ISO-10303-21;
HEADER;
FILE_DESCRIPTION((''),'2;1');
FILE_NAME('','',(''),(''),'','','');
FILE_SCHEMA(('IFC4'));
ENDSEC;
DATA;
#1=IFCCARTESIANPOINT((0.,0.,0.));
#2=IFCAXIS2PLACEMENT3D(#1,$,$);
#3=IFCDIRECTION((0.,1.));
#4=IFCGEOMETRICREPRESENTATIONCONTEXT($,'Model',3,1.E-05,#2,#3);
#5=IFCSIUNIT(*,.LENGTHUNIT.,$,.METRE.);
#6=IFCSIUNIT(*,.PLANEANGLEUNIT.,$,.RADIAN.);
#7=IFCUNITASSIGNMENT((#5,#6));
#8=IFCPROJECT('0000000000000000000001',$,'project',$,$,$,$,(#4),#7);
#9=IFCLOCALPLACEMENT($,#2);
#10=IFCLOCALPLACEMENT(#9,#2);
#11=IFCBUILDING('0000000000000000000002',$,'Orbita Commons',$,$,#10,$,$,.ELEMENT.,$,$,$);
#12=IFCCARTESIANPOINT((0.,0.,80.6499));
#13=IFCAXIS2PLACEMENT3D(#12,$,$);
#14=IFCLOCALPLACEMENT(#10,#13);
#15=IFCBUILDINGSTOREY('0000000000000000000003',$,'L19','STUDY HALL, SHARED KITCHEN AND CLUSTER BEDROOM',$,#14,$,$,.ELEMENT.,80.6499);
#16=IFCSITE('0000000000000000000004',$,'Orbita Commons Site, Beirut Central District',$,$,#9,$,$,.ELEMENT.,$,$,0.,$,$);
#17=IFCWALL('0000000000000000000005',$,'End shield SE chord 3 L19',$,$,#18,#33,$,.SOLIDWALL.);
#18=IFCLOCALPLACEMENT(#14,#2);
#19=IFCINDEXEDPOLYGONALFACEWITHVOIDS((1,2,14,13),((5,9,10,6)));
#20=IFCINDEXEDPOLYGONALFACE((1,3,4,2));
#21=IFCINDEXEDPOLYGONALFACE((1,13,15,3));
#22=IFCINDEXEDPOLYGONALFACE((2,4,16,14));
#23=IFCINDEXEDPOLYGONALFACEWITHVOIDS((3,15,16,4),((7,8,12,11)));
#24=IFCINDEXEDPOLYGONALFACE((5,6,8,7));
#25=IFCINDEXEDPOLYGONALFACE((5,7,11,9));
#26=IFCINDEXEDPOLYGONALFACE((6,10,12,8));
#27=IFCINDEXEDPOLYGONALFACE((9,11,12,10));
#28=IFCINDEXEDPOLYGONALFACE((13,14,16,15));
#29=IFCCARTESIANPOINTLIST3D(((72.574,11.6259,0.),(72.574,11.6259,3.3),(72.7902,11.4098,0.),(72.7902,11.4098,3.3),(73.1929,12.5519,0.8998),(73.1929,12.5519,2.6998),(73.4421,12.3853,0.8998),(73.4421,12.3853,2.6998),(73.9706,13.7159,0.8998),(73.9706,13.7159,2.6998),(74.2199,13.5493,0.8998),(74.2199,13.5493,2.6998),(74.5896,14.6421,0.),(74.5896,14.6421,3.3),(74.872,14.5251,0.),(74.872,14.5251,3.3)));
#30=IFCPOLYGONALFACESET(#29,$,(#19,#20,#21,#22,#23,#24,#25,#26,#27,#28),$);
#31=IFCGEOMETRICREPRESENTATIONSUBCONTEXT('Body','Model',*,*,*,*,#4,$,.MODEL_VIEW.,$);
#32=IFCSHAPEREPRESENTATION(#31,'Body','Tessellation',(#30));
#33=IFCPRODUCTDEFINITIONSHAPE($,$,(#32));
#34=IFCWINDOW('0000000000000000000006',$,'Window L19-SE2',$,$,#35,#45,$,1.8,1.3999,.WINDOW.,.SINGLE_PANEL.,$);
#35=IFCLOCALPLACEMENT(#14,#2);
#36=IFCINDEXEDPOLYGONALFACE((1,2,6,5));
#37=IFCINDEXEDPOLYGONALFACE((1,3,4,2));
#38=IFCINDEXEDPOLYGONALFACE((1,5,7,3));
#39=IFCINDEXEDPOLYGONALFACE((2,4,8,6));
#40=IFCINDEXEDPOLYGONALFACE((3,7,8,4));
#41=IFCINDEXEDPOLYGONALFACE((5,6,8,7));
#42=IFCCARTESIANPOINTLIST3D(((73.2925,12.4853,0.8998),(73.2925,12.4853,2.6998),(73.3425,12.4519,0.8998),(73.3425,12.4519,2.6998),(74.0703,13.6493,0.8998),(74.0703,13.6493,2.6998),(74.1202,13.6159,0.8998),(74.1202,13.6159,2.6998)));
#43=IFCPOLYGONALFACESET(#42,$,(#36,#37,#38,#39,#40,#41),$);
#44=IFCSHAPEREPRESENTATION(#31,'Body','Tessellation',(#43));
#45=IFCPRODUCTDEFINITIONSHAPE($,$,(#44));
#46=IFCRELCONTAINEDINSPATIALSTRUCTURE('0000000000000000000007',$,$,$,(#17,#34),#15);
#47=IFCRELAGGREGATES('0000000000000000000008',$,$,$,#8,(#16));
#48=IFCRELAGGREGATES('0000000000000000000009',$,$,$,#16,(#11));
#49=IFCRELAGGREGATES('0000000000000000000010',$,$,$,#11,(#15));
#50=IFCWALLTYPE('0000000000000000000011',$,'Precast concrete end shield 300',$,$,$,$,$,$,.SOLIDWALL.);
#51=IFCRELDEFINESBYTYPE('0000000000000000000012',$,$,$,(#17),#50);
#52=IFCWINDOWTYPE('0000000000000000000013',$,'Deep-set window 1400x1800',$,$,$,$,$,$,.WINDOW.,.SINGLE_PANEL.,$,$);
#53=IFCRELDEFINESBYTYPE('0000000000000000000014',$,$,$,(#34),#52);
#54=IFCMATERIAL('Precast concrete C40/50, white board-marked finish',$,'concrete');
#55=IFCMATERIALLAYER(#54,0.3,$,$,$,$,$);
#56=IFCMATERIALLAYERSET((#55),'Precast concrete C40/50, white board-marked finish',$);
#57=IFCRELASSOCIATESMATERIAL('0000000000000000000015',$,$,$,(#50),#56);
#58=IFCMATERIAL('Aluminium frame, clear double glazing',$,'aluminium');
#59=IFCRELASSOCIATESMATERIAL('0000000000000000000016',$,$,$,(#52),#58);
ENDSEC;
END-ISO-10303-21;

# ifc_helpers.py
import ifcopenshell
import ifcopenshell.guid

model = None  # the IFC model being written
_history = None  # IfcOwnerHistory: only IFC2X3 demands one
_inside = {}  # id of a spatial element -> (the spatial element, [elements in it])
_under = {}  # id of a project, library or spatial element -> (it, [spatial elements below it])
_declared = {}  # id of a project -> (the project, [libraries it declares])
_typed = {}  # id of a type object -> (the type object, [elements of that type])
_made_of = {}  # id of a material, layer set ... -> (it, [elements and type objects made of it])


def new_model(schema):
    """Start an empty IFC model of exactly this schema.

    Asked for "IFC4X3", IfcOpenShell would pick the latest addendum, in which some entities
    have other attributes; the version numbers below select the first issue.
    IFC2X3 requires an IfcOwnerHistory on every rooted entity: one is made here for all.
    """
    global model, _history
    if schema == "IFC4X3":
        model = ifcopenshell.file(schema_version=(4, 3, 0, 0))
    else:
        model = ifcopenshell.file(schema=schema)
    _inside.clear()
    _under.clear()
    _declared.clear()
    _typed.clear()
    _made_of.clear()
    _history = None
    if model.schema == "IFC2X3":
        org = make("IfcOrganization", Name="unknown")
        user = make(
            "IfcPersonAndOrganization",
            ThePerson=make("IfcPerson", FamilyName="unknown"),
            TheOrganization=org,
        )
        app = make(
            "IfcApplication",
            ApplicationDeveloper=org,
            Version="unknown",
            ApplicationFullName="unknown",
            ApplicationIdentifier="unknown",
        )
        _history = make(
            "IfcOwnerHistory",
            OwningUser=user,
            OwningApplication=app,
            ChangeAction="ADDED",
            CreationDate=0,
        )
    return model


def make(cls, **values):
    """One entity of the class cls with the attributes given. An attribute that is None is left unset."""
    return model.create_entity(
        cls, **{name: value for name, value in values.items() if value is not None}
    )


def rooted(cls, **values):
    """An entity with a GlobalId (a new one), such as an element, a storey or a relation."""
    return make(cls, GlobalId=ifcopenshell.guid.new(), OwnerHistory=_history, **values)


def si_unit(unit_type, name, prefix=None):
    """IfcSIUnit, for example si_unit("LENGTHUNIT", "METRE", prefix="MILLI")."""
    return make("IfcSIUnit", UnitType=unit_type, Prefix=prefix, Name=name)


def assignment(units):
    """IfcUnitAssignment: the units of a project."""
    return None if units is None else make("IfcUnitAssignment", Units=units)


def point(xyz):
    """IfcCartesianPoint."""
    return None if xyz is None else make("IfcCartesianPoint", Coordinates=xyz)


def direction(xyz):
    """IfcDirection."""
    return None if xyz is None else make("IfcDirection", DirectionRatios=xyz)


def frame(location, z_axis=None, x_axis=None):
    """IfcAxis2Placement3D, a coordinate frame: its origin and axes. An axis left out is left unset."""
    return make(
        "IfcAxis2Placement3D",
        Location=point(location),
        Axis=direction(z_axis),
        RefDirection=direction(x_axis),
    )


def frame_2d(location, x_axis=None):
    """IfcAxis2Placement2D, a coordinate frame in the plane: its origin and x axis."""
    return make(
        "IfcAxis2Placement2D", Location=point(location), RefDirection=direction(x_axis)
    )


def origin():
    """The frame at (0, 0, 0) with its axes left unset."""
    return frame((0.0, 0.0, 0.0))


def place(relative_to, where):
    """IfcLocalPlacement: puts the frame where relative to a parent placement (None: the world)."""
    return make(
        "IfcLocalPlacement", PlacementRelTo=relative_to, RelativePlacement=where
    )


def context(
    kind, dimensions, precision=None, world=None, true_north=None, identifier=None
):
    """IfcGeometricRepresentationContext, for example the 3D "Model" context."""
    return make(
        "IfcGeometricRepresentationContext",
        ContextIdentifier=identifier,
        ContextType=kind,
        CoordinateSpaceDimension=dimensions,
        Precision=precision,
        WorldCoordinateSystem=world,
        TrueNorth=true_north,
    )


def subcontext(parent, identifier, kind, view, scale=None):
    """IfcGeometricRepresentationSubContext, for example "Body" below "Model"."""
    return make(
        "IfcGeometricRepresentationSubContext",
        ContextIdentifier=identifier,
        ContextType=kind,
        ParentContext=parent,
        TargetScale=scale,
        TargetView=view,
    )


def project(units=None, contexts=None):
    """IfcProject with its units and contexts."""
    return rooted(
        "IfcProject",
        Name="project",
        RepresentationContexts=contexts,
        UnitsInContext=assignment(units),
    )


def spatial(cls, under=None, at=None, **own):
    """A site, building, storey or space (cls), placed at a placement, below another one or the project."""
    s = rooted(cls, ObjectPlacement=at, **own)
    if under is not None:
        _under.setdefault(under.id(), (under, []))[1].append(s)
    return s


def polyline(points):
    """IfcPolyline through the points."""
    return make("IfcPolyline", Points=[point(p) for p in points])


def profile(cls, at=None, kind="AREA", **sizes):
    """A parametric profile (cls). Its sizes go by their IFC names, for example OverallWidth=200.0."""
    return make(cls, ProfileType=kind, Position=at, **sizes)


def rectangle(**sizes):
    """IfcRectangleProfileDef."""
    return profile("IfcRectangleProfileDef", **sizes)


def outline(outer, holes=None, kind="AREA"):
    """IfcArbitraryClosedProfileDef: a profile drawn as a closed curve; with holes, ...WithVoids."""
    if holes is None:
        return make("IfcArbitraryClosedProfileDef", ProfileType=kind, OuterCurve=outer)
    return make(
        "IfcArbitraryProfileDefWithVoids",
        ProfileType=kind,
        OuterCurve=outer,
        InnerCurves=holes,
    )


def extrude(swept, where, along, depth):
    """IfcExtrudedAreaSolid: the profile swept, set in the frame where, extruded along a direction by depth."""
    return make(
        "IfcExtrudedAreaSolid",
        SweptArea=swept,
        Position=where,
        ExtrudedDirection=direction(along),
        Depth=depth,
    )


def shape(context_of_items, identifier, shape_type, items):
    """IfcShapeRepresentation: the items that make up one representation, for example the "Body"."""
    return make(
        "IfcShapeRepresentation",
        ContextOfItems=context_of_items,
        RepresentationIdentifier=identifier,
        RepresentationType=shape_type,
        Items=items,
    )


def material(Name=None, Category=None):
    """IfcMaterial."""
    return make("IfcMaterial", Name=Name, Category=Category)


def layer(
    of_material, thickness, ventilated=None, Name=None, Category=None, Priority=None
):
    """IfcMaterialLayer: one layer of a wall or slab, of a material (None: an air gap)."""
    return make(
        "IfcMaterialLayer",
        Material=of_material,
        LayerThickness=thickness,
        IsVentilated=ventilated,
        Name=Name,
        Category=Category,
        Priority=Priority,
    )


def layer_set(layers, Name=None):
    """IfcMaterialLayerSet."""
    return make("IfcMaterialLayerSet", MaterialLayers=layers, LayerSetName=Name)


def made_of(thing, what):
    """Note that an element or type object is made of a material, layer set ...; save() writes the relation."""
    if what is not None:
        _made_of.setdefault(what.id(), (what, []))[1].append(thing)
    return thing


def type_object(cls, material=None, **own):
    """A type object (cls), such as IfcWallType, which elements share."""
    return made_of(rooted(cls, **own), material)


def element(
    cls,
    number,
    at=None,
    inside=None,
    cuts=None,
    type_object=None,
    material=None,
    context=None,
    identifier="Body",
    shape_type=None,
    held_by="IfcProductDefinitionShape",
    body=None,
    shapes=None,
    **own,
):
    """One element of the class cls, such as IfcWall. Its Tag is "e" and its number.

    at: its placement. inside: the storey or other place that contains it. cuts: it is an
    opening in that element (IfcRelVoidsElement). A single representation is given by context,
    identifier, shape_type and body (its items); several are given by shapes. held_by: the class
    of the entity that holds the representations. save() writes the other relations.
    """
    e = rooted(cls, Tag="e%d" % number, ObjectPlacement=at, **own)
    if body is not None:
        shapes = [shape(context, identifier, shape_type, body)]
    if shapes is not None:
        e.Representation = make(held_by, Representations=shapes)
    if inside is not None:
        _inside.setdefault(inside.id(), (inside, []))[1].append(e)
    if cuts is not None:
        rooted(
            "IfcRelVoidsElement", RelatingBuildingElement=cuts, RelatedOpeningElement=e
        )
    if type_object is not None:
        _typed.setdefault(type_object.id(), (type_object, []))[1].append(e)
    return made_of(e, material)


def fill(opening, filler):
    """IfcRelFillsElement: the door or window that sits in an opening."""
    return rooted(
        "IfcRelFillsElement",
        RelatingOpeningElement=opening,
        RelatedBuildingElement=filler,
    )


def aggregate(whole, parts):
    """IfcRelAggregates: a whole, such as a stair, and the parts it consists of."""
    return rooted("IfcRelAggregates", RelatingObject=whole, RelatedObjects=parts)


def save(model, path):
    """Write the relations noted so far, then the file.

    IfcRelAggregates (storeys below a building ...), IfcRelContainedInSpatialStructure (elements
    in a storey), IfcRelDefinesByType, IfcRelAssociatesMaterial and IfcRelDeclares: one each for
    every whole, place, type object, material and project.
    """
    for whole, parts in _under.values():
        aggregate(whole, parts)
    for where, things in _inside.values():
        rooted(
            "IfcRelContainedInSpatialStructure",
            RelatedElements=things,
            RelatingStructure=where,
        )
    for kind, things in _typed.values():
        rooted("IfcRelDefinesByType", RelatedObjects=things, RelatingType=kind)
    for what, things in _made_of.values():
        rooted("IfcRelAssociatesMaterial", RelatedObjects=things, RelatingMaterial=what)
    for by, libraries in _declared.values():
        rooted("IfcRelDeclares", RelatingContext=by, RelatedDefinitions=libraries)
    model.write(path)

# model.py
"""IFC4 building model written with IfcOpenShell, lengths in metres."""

from ifc_helpers import new_model, si_unit, direction, frame, frame_2d, origin, place, context, subcontext, project, spatial, polyline, rectangle, outline, extrude, material, layer, layer_set, type_object, element, fill, save


model = new_model("IFC4")

# Units and contexts
model_context = context("Model", 3, precision=1e-05, world=origin(), true_north=direction((0.0, 1.0)))
body_context = subcontext(model_context, "Body", "Model", "MODEL_VIEW")
ifc_project = project(units=[si_unit("LENGTHUNIT", "METRE"), si_unit("PLANEANGLEUNIT", "RADIAN")], contexts=[model_context])

# Site, building, storey
site_placement = place(None, origin())
site = spatial("IfcSite", under=ifc_project, at=site_placement, Name="Orbita Commons Site, Beirut Central District", CompositionType="ELEMENT", RefElevation=0.0)
building_placement = place(site_placement, origin())
building = spatial("IfcBuilding", under=site, at=building_placement, Name="Orbita Commons", CompositionType="ELEMENT")
storey_placement = place(building_placement, frame((0.0, 0.0, 80.6499)))
storey = spatial("IfcBuildingStorey", under=building, at=storey_placement, Name="L19", Description="STUDY HALL, SHARED KITCHEN AND CLUSTER BEDROOM", CompositionType="ELEMENT", Elevation=80.6499)

# Wall, opening, window
ifc_material_1 = material(Name="Precast concrete C40/50, white board-marked finish", Category="concrete")
ifc_layer_1 = layer(ifc_material_1, 0.3)
ifc_layer_set_1 = layer_set([ifc_layer_1], Name="Precast concrete C40/50, white board-marked finish")
wall_type_1 = type_object("IfcWallType", Name="Precast concrete end shield 300", PredefinedType="SOLIDWALL", material=ifc_layer_set_1)
ifc_material_2 = material(Name="Aluminium frame, clear double glazing", Category="aluminium")
window_type = type_object("IfcWindowType", Name="Deep-set window 1400x1800", PartitioningType="SINGLE_PANEL", PredefinedType="WINDOW", material=ifc_material_2)
wall_1_placement = place(storey_placement, frame((72.6821, 11.5178, 0.0), z_axis=(0.0, 0.0, 1.0), x_axis=(0.555601, 0.831449, 0.0)))
wall_1 = element("IfcWall", 1, at=wall_1_placement, inside=storey, type_object=wall_type_1, Name="End shield SE chord 3 L19", PredefinedType="SOLIDWALL", context=body_context, shape_type="SweptSolid", body=[
    extrude(outline(polyline([(-0.0298, -0.1499), (3.717, -0.1499), (3.6575, 0.1499), (0.0298, 0.1499), (-0.0298, -0.1499)])), origin(), (0.0, 0.0, 1.0), 3.3),
])
opening_1_placement = place(wall_1_placement, frame((1.1436, 0.0, 0.8999)))
opening_1 = element("IfcOpeningElement", 2, at=opening_1_placement, cuts=wall_1, PredefinedType="OPENING", context=body_context, shape_type="SweptSolid", body=[
    extrude(rectangle(XDim=1.3999, YDim=1.8, at=frame_2d((0.7, 0.8999))), frame((0.0, 0.1599, 0.0), z_axis=(0.0, -1.0, 0.0), x_axis=(1.0, 0.0, 0.0)), (0.0, 0.0, 1.0), 0.3201),
])
window_1_placement = place(opening_1_placement, origin())
window_1 = element("IfcWindow", 3, at=window_1_placement, inside=storey, type_object=window_type, Name="Window L19-SE2", OverallHeight=1.8, OverallWidth=1.3999, PartitioningType="SINGLE_PANEL", PredefinedType="WINDOW", context=body_context, shape_type="SweptSolid", body=[
    extrude(rectangle(XDim=1.3999, YDim=1.8, at=frame_2d((0.7, 0.8999))), frame((0.0, 0.03, 0.0), z_axis=(0.0, -1.0, 0.0), x_axis=(1.0, 0.0, 0.0)), (0.0, 0.0, 1.0), 0.0601),
])
fill(opening_1, window_1)

save(model, "model.ifc")
